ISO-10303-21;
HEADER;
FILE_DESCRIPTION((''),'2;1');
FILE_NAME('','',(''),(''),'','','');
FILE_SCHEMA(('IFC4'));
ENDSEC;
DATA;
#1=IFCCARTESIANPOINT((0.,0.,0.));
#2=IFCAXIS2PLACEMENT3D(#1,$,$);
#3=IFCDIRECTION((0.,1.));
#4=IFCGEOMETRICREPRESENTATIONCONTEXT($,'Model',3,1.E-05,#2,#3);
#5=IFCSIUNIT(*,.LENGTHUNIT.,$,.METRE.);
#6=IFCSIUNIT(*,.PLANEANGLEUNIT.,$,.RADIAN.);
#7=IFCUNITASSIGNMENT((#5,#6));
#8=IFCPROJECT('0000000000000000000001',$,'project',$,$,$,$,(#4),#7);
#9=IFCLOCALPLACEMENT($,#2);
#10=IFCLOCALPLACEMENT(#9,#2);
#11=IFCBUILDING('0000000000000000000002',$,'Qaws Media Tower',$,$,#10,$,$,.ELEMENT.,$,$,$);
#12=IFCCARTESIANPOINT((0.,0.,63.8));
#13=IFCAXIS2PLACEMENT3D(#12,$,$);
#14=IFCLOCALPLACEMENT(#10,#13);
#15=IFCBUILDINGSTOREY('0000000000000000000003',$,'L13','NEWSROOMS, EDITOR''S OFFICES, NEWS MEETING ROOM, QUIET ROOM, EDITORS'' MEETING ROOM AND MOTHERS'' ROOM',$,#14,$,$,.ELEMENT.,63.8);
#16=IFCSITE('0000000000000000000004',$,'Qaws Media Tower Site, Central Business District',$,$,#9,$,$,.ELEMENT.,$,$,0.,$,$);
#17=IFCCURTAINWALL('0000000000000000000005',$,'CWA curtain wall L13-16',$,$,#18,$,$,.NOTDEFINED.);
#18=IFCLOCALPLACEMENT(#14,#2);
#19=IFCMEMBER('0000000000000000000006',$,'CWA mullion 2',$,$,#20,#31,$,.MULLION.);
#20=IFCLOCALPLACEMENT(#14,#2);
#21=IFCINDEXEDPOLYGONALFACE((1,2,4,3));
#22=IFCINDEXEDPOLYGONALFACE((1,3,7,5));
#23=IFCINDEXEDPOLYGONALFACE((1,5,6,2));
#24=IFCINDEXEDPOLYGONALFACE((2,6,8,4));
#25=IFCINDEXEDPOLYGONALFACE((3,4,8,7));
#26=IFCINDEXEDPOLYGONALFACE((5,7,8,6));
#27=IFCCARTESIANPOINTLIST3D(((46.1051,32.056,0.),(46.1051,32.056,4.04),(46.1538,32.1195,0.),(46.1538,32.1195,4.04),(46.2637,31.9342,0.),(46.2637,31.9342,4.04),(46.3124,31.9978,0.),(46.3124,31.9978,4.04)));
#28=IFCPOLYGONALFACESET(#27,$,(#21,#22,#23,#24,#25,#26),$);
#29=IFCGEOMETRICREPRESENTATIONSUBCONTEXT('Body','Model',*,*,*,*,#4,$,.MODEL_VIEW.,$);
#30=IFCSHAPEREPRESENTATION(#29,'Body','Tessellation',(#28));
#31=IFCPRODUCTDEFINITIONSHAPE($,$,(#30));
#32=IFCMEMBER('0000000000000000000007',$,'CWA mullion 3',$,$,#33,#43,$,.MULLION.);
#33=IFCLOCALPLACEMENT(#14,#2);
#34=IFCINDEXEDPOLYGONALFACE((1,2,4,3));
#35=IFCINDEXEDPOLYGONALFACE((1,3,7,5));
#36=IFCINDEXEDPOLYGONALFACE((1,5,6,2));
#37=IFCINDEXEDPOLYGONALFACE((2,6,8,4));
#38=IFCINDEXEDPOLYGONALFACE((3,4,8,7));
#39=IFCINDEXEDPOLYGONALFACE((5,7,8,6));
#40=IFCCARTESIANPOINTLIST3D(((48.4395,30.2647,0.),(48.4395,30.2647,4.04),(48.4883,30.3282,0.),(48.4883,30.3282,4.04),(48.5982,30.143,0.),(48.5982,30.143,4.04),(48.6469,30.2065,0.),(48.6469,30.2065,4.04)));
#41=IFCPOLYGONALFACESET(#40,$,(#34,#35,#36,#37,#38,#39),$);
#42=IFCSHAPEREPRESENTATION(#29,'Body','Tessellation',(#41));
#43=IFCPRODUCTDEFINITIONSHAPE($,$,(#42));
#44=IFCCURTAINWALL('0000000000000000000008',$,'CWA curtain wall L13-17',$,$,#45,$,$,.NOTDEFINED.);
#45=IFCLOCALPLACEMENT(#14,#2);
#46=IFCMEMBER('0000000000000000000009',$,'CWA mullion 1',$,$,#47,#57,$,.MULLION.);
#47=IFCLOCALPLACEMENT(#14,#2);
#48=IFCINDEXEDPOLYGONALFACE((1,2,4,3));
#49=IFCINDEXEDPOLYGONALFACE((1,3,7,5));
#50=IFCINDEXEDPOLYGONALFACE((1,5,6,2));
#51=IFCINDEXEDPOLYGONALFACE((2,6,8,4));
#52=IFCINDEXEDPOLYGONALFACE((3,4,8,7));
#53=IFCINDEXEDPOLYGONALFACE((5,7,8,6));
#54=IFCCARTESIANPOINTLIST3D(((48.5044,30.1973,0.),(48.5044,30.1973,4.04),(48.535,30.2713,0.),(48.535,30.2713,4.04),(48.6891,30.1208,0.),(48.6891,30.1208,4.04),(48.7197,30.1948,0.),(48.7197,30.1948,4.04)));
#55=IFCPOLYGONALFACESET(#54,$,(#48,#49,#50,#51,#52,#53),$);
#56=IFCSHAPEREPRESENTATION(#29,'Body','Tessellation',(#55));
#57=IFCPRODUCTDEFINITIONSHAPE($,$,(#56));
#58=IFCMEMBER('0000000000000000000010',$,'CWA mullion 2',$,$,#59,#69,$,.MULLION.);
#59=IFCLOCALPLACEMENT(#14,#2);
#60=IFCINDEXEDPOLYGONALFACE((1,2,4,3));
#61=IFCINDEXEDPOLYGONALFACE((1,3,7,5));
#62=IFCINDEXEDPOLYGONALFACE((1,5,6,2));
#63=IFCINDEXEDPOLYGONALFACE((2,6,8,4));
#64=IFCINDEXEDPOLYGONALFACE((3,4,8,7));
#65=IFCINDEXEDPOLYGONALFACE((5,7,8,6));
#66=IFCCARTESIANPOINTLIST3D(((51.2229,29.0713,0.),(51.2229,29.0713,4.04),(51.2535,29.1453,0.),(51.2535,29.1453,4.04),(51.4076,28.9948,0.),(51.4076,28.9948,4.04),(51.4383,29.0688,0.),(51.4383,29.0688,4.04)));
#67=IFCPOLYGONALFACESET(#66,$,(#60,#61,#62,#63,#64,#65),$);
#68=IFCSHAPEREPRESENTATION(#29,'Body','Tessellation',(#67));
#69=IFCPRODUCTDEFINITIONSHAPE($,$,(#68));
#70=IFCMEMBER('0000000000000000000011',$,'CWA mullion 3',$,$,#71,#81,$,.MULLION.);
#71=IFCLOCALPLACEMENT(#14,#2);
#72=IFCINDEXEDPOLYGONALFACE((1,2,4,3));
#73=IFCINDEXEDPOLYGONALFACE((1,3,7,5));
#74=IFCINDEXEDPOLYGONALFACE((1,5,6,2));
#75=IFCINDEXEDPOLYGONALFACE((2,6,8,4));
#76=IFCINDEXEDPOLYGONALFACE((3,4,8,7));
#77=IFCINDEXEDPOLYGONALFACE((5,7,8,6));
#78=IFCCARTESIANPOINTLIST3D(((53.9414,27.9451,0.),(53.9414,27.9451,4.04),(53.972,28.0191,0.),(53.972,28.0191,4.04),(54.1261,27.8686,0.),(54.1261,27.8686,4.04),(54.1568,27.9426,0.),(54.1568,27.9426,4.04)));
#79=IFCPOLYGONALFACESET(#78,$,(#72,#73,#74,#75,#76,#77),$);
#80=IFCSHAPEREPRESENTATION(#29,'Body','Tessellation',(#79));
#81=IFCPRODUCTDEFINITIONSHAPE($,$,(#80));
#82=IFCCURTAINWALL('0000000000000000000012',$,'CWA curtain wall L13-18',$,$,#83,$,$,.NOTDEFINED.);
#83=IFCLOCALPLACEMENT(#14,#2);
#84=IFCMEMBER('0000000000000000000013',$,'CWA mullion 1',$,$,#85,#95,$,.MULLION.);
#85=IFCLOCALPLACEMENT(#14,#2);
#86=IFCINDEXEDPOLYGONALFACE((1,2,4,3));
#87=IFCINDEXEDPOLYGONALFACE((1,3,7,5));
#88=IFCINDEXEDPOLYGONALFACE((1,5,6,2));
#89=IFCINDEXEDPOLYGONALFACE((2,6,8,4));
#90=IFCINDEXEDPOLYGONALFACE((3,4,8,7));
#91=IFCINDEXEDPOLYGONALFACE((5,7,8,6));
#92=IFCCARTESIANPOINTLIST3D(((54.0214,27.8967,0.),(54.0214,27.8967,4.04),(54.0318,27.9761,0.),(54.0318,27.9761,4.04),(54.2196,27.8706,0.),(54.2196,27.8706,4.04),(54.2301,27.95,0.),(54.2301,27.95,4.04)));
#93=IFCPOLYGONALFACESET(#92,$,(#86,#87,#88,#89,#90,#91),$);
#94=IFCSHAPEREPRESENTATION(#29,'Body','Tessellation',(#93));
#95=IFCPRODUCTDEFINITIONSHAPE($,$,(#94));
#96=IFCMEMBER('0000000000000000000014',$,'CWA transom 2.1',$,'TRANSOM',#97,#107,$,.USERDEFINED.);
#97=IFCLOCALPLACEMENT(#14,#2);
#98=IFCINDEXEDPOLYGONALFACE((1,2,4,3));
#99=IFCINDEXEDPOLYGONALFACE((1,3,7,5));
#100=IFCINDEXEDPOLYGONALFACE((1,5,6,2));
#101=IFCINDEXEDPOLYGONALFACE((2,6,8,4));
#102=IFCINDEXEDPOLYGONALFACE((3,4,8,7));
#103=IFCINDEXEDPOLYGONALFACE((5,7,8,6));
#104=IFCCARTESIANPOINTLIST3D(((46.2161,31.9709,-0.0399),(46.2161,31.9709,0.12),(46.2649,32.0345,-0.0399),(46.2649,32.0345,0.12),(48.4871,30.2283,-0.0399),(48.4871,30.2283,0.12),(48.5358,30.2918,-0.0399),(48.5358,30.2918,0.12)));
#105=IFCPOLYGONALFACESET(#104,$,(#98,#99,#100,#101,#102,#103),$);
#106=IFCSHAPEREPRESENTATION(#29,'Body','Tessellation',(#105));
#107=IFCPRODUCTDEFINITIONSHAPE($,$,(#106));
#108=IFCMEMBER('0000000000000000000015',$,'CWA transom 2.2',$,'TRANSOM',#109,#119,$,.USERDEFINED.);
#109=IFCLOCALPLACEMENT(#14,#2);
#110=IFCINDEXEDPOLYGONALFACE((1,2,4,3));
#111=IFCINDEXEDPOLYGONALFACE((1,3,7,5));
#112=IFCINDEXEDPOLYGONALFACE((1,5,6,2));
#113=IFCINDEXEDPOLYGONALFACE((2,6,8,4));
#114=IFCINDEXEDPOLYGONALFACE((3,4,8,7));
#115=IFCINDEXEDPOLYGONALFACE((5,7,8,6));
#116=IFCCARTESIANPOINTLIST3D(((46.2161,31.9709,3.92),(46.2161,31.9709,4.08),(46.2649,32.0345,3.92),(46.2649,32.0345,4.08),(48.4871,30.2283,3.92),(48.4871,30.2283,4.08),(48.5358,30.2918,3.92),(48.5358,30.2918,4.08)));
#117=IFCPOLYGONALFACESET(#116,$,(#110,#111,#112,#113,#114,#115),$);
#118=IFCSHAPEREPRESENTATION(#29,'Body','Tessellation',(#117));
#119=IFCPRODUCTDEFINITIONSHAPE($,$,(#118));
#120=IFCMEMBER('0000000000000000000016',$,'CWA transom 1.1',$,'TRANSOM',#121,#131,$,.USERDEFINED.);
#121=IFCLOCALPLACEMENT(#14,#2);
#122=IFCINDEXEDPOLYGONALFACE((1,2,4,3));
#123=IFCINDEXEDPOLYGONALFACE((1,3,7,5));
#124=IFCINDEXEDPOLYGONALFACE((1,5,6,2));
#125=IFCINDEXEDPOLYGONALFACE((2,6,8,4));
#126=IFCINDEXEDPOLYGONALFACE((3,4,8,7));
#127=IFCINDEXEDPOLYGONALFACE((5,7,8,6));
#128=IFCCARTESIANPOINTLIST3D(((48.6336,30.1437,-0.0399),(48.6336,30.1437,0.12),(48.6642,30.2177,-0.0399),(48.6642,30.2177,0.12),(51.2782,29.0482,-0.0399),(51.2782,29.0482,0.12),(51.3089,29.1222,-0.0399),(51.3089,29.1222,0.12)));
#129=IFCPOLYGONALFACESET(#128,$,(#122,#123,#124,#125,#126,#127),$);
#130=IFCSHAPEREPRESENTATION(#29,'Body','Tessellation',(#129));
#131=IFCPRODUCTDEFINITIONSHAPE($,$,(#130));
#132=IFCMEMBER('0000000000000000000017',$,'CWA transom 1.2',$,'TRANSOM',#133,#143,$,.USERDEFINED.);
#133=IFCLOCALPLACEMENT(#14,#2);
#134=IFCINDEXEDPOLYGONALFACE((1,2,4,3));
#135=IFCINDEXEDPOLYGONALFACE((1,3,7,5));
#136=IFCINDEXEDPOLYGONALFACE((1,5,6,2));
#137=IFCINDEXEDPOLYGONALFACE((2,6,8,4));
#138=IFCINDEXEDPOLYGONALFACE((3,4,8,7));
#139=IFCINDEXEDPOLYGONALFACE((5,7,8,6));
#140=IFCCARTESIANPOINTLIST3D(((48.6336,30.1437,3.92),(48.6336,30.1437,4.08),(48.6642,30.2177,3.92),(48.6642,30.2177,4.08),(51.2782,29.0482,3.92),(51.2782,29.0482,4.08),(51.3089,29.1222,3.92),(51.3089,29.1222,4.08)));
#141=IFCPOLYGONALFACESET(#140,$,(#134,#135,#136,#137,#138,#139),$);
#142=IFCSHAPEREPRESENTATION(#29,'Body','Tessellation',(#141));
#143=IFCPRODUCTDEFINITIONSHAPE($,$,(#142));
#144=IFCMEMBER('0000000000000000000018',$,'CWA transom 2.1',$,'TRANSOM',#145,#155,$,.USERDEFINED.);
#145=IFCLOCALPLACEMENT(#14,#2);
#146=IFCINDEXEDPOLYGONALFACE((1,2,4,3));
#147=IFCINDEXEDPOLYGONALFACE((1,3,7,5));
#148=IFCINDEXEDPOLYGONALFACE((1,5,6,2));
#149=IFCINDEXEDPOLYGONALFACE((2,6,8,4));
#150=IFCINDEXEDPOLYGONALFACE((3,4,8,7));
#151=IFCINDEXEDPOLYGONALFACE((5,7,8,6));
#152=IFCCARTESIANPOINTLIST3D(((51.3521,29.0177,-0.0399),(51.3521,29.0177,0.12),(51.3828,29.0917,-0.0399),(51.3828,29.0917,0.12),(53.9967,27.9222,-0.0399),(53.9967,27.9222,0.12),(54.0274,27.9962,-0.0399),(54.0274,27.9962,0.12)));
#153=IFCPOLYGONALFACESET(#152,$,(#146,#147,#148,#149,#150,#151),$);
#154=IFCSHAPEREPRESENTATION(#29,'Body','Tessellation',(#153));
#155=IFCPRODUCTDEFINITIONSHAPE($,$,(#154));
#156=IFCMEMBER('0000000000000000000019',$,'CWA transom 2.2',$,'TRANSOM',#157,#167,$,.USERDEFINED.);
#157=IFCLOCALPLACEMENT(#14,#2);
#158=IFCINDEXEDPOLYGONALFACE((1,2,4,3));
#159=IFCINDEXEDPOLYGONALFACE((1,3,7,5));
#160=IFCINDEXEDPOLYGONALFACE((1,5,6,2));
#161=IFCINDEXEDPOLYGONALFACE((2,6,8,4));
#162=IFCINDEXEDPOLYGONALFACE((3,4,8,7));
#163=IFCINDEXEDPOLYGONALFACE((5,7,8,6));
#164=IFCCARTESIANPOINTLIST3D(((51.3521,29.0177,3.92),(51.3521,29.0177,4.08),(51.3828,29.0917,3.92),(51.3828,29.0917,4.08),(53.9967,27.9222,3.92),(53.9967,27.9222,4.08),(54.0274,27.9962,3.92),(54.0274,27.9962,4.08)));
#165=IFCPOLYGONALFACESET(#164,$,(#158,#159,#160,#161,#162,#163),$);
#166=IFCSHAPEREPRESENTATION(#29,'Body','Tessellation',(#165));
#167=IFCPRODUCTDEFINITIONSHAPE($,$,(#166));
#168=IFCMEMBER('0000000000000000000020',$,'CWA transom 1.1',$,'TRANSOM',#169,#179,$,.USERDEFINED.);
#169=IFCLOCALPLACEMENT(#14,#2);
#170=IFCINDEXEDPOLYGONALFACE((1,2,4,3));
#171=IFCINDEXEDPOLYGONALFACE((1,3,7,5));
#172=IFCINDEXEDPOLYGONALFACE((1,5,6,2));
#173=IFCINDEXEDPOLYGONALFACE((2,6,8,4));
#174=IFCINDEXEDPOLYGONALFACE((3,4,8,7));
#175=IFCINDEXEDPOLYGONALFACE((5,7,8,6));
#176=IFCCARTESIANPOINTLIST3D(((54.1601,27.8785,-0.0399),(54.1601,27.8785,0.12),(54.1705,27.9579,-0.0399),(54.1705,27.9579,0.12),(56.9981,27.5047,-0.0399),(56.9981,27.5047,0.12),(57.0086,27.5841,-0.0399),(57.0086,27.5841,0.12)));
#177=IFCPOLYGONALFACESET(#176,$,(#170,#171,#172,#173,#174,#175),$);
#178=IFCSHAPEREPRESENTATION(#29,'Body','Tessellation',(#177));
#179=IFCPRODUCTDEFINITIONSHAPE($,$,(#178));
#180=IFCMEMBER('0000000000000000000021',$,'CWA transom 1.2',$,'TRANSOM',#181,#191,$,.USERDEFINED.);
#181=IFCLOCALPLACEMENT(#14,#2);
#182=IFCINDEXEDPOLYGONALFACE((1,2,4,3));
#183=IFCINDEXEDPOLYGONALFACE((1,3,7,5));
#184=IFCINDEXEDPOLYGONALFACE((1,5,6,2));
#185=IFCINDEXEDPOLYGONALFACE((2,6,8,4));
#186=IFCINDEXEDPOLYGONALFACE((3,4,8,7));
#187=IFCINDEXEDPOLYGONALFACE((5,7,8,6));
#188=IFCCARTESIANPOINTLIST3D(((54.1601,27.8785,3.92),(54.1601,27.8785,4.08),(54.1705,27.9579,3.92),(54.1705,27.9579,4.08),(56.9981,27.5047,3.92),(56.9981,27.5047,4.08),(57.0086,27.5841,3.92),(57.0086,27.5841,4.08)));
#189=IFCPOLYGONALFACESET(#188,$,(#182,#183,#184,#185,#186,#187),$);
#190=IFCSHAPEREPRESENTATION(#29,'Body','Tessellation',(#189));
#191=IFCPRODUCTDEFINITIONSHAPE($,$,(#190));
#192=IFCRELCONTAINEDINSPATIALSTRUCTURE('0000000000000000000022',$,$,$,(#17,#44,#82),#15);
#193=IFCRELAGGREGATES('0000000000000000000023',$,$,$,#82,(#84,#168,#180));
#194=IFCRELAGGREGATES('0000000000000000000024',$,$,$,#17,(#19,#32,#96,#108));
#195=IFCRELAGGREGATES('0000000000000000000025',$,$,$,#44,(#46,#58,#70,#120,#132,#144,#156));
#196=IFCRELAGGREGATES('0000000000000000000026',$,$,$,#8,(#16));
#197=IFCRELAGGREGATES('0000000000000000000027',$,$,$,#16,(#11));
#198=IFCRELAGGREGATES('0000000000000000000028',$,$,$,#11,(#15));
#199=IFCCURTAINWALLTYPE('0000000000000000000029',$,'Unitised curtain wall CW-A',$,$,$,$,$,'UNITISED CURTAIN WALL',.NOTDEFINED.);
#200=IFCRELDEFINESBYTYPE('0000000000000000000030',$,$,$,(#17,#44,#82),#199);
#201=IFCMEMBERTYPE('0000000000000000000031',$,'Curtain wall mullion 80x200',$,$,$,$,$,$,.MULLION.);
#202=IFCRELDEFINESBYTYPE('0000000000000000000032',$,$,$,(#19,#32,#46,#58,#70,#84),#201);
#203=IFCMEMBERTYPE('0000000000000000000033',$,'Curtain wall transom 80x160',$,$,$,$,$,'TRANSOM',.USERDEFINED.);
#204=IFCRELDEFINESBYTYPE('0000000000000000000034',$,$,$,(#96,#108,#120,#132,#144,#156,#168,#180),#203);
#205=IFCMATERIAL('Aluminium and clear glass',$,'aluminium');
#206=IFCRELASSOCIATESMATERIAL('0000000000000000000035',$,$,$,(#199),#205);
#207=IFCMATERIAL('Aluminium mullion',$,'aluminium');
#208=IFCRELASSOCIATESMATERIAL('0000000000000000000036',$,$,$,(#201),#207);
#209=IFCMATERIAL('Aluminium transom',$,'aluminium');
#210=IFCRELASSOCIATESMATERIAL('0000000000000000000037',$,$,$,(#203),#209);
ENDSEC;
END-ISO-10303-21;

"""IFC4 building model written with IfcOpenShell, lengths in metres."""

from ifc_helpers import new_model, si_unit, direction, frame, origin, origin_2d, place, context, subcontext, project, spatial, rectangle, extrude, material, material_profile, profile_set, type_object, element, aggregate, save


model = new_model("IFC4")

# Units and contexts
model_context = context("Model", 3, precision=1e-05, world=origin(), true_north=direction((0.0, 1.0)))
body_context = subcontext(model_context, "Body", "Model", "MODEL_VIEW")
ifc_project = project(units=[si_unit("LENGTHUNIT", "METRE"), si_unit("PLANEANGLEUNIT", "RADIAN")], contexts=[model_context])

# Site, building, storey
site_placement = place(None, origin())
site = spatial("IfcSite", under=ifc_project, at=site_placement, Name="Qaws Media Tower Site, Central Business District", CompositionType="ELEMENT", RefElevation=0.0)
building_placement = place(site_placement, origin())
building = spatial("IfcBuilding", under=site, at=building_placement, Name="Qaws Media Tower", CompositionType="ELEMENT")
storey_placement = place(building_placement, frame((0.0, 0.0, 63.8)))
storey = spatial("IfcBuildingStorey", under=building, at=storey_placement, Name="L13", Description="NEWSROOMS, EDITOR'S OFFICES, NEWS MEETING ROOM, QUIET ROOM, EDITORS' MEETING ROOM AND MOTHERS' ROOM", CompositionType="ELEMENT", Elevation=63.8)

# Curtain walls, members
ifc_material_1 = material(Name="Aluminium and clear glass", Category="aluminium")
curtain_wall_type = type_object("IfcCurtainWallType", Name="Unitised curtain wall CW-A", ElementType="UNITISED CURTAIN WALL", PredefinedType="NOTDEFINED", material=ifc_material_1)
curtain_wall_1_placement = place(storey_placement, origin())
curtain_wall_1 = element("IfcCurtainWall", 1, at=curtain_wall_1_placement, inside=storey, type_object=curtain_wall_type, Name="CWA curtain wall L13-16", PredefinedType="NOTDEFINED")
ifc_material_2 = material(Name="Aluminium mullion", Category="aluminium")
ifc_material_profile_1 = material_profile(ifc_material_2, rectangle(XDim=0.0801, YDim=0.2, at=origin_2d()), Name="80x200")
ifc_profile_set_1 = profile_set([ifc_material_profile_1], Name="Aluminium mullion")
member_type_1 = type_object("IfcMemberType", Name="Curtain wall mullion 80x200", PredefinedType="MULLION", material=ifc_profile_set_1)
member_1_placement = place(storey_placement, frame((46.2087, 32.0269, 0.0), z_axis=(0.0, 0.0, 1.0), x_axis=(0.608761, 0.793353, 0.0)))
member_1 = element("IfcMember", 2, at=member_1_placement, type_object=member_type_1, Name="CWA mullion 2", PredefinedType="MULLION", context=body_context, shape_type="SweptSolid", body=[
    extrude(rectangle(XDim=0.0801, YDim=0.2, at=origin_2d()), origin(), (0.0, 0.0, 1.0), 4.04),
])
member_2_placement = place(storey_placement, frame((48.5432, 30.2356, 0.0), z_axis=(0.0, 0.0, 1.0), x_axis=(0.608761, 0.793353, 0.0)))
member_2 = element("IfcMember", 3, at=member_2_placement, type_object=member_type_1, Name="CWA mullion 3", PredefinedType="MULLION", context=body_context, shape_type="SweptSolid", body=[
    extrude(rectangle(XDim=0.0801, YDim=0.2, at=origin_2d()), origin(), (0.0, 0.0, 1.0), 4.04),
])
curtain_wall_2_placement = place(storey_placement, origin())
curtain_wall_2 = element("IfcCurtainWall", 4, at=curtain_wall_2_placement, inside=storey, type_object=curtain_wall_type, Name="CWA curtain wall L13-17", PredefinedType="NOTDEFINED")
member_3_placement = place(storey_placement, frame((48.6121, 30.196, 0.0), z_axis=(0.0, 0.0, 1.0), x_axis=(0.382683, 0.92388, 0.0)))
member_3 = element("IfcMember", 5, at=member_3_placement, type_object=member_type_1, Name="CWA mullion 1", PredefinedType="MULLION", context=body_context, shape_type="SweptSolid", body=[
    extrude(rectangle(XDim=0.0801, YDim=0.2, at=origin_2d()), origin(), (0.0, 0.0, 1.0), 4.04),
])
member_4_placement = place(storey_placement, frame((51.3306, 29.0701, 0.0), z_axis=(0.0, 0.0, 1.0), x_axis=(0.382683, 0.92388, 0.0)))
member_4 = element("IfcMember", 6, at=member_4_placement, type_object=member_type_1, Name="CWA mullion 2", PredefinedType="MULLION", context=body_context, shape_type="SweptSolid", body=[
    extrude(rectangle(XDim=0.0801, YDim=0.2, at=origin_2d()), origin(), (0.0, 0.0, 1.0), 4.04),
])
member_5_placement = place(storey_placement, frame((54.0491, 27.9438, 0.0), z_axis=(0.0, 0.0, 1.0), x_axis=(0.382683, 0.92388, 0.0)))
member_5 = element("IfcMember", 7, at=member_5_placement, type_object=member_type_1, Name="CWA mullion 3", PredefinedType="MULLION", context=body_context, shape_type="SweptSolid", body=[
    extrude(rectangle(XDim=0.0801, YDim=0.2, at=origin_2d()), origin(), (0.0, 0.0, 1.0), 4.04),
])

# Curtain wall, member
curtain_wall_3_placement = place(storey_placement, origin())
curtain_wall_3 = element("IfcCurtainWall", 8, at=curtain_wall_3_placement, inside=storey, type_object=curtain_wall_type, Name="CWA curtain wall L13-18", PredefinedType="NOTDEFINED")
member_6_placement = place(storey_placement, frame((54.1257, 27.9233, 0.0), z_axis=(0.0, 0.0, 1.0), x_axis=(0.130526, 0.991445, 0.0)))
member_6 = element("IfcMember", 9, at=member_6_placement, type_object=member_type_1, Name="CWA mullion 1", PredefinedType="MULLION", context=body_context, shape_type="SweptSolid", body=[
    extrude(rectangle(XDim=0.0801, YDim=0.2, at=origin_2d()), origin(), (0.0, 0.0, 1.0), 4.04),
])

# Members
ifc_material_3 = material(Name="Aluminium transom", Category="aluminium")
ifc_material_profile_2 = material_profile(ifc_material_3, rectangle(XDim=0.0801, YDim=0.1599, at=origin_2d()), Name="80x160")
ifc_profile_set_2 = profile_set([ifc_material_profile_2], Name="Aluminium transom")
member_type_2 = type_object("IfcMemberType", Name="Curtain wall transom 80x160", ElementType="TRANSOM", PredefinedType="USERDEFINED", material=ifc_profile_set_2)
member_7_placement = place(storey_placement, frame((46.2405, 32.0027, 0.04), z_axis=(0.79334, -0.608779, 0.0), x_axis=(0.608779, 0.79334, 0.0)))
member_7 = element("IfcMember", 10, at=member_7_placement, type_object=member_type_2, Name="CWA transom 2.1", ObjectType="TRANSOM", PredefinedType="USERDEFINED", context=body_context, shape_type="SweptSolid", body=[
    extrude(rectangle(XDim=0.0801, YDim=0.1599, at=origin_2d()), origin(), (0.0, 0.0, 1.0), 2.8625),
])
member_8_placement = place(storey_placement, frame((46.2405, 32.0027, 4.0), z_axis=(0.79334, -0.608779, 0.0), x_axis=(0.608779, 0.79334, 0.0)))
member_8 = element("IfcMember", 11, at=member_8_placement, type_object=member_type_2, Name="CWA transom 2.2", ObjectType="TRANSOM", PredefinedType="USERDEFINED", context=body_context, shape_type="SweptSolid", body=[
    extrude(rectangle(XDim=0.0801, YDim=0.1599, at=origin_2d()), origin(), (0.0, 0.0, 1.0), 2.8625),
])
member_9_placement = place(storey_placement, frame((48.6489, 30.1807, 0.04), z_axis=(0.923872, -0.382701, 0.0), x_axis=(0.382701, 0.923872, 0.0)))
member_9 = element("IfcMember", 12, at=member_9_placement, type_object=member_type_2, Name="CWA transom 1.1", ObjectType="TRANSOM", PredefinedType="USERDEFINED", context=body_context, shape_type="SweptSolid", body=[
    extrude(rectangle(XDim=0.0801, YDim=0.1599, at=origin_2d()), origin(), (0.0, 0.0, 1.0), 2.8625),
])
member_10_placement = place(storey_placement, frame((48.6489, 30.1807, 4.0), z_axis=(0.923872, -0.382701, 0.0), x_axis=(0.382701, 0.923872, 0.0)))
member_10 = element("IfcMember", 13, at=member_10_placement, type_object=member_type_2, Name="CWA transom 1.2", ObjectType="TRANSOM", PredefinedType="USERDEFINED", context=body_context, shape_type="SweptSolid", body=[
    extrude(rectangle(XDim=0.0801, YDim=0.1599, at=origin_2d()), origin(), (0.0, 0.0, 1.0), 2.8625),
])
member_11_placement = place(storey_placement, frame((51.3674, 29.0547, 0.04), z_axis=(0.923872, -0.382701, 0.0), x_axis=(0.382701, 0.923872, 0.0)))
member_11 = element("IfcMember", 14, at=member_11_placement, type_object=member_type_2, Name="CWA transom 2.1", ObjectType="TRANSOM", PredefinedType="USERDEFINED", context=body_context, shape_type="SweptSolid", body=[
    extrude(rectangle(XDim=0.0801, YDim=0.1599, at=origin_2d()), origin(), (0.0, 0.0, 1.0), 2.8625),
])
member_12_placement = place(storey_placement, frame((51.3674, 29.0547, 4.0), z_axis=(0.923872, -0.382701, 0.0), x_axis=(0.382701, 0.923872, 0.0)))
member_12 = element("IfcMember", 15, at=member_12_placement, type_object=member_type_2, Name="CWA transom 2.2", ObjectType="TRANSOM", PredefinedType="USERDEFINED", context=body_context, shape_type="SweptSolid", body=[
    extrude(rectangle(XDim=0.0801, YDim=0.1599, at=origin_2d()), origin(), (0.0, 0.0, 1.0), 2.8625),
])
member_13_placement = place(storey_placement, frame((54.1653, 27.9182, 0.04), z_axis=(0.991439, -0.130571, 0.0), x_axis=(0.130571, 0.991439, 0.0)))
member_13 = element("IfcMember", 16, at=member_13_placement, type_object=member_type_2, Name="CWA transom 1.1", ObjectType="TRANSOM", PredefinedType="USERDEFINED", context=body_context, shape_type="SweptSolid", body=[
    extrude(rectangle(XDim=0.0801, YDim=0.1599, at=origin_2d()), origin(), (0.0, 0.0, 1.0), 2.8625),
])
member_14_placement = place(storey_placement, frame((54.1653, 27.9182, 4.0), z_axis=(0.991439, -0.130571, 0.0), x_axis=(0.130571, 0.991439, 0.0)))
member_14 = element("IfcMember", 17, at=member_14_placement, type_object=member_type_2, Name="CWA transom 1.2", ObjectType="TRANSOM", PredefinedType="USERDEFINED", context=body_context, shape_type="SweptSolid", body=[
    extrude(rectangle(XDim=0.0801, YDim=0.1599, at=origin_2d()), origin(), (0.0, 0.0, 1.0), 2.8625),
])
aggregate(curtain_wall_3, [member_6, member_13, member_14])

aggregate(curtain_wall_1, [member_1, member_2, member_7, member_8])
aggregate(curtain_wall_2, [member_3, member_4, member_5, member_9, member_10, member_11, member_12])

save(model, "model.ifc")
